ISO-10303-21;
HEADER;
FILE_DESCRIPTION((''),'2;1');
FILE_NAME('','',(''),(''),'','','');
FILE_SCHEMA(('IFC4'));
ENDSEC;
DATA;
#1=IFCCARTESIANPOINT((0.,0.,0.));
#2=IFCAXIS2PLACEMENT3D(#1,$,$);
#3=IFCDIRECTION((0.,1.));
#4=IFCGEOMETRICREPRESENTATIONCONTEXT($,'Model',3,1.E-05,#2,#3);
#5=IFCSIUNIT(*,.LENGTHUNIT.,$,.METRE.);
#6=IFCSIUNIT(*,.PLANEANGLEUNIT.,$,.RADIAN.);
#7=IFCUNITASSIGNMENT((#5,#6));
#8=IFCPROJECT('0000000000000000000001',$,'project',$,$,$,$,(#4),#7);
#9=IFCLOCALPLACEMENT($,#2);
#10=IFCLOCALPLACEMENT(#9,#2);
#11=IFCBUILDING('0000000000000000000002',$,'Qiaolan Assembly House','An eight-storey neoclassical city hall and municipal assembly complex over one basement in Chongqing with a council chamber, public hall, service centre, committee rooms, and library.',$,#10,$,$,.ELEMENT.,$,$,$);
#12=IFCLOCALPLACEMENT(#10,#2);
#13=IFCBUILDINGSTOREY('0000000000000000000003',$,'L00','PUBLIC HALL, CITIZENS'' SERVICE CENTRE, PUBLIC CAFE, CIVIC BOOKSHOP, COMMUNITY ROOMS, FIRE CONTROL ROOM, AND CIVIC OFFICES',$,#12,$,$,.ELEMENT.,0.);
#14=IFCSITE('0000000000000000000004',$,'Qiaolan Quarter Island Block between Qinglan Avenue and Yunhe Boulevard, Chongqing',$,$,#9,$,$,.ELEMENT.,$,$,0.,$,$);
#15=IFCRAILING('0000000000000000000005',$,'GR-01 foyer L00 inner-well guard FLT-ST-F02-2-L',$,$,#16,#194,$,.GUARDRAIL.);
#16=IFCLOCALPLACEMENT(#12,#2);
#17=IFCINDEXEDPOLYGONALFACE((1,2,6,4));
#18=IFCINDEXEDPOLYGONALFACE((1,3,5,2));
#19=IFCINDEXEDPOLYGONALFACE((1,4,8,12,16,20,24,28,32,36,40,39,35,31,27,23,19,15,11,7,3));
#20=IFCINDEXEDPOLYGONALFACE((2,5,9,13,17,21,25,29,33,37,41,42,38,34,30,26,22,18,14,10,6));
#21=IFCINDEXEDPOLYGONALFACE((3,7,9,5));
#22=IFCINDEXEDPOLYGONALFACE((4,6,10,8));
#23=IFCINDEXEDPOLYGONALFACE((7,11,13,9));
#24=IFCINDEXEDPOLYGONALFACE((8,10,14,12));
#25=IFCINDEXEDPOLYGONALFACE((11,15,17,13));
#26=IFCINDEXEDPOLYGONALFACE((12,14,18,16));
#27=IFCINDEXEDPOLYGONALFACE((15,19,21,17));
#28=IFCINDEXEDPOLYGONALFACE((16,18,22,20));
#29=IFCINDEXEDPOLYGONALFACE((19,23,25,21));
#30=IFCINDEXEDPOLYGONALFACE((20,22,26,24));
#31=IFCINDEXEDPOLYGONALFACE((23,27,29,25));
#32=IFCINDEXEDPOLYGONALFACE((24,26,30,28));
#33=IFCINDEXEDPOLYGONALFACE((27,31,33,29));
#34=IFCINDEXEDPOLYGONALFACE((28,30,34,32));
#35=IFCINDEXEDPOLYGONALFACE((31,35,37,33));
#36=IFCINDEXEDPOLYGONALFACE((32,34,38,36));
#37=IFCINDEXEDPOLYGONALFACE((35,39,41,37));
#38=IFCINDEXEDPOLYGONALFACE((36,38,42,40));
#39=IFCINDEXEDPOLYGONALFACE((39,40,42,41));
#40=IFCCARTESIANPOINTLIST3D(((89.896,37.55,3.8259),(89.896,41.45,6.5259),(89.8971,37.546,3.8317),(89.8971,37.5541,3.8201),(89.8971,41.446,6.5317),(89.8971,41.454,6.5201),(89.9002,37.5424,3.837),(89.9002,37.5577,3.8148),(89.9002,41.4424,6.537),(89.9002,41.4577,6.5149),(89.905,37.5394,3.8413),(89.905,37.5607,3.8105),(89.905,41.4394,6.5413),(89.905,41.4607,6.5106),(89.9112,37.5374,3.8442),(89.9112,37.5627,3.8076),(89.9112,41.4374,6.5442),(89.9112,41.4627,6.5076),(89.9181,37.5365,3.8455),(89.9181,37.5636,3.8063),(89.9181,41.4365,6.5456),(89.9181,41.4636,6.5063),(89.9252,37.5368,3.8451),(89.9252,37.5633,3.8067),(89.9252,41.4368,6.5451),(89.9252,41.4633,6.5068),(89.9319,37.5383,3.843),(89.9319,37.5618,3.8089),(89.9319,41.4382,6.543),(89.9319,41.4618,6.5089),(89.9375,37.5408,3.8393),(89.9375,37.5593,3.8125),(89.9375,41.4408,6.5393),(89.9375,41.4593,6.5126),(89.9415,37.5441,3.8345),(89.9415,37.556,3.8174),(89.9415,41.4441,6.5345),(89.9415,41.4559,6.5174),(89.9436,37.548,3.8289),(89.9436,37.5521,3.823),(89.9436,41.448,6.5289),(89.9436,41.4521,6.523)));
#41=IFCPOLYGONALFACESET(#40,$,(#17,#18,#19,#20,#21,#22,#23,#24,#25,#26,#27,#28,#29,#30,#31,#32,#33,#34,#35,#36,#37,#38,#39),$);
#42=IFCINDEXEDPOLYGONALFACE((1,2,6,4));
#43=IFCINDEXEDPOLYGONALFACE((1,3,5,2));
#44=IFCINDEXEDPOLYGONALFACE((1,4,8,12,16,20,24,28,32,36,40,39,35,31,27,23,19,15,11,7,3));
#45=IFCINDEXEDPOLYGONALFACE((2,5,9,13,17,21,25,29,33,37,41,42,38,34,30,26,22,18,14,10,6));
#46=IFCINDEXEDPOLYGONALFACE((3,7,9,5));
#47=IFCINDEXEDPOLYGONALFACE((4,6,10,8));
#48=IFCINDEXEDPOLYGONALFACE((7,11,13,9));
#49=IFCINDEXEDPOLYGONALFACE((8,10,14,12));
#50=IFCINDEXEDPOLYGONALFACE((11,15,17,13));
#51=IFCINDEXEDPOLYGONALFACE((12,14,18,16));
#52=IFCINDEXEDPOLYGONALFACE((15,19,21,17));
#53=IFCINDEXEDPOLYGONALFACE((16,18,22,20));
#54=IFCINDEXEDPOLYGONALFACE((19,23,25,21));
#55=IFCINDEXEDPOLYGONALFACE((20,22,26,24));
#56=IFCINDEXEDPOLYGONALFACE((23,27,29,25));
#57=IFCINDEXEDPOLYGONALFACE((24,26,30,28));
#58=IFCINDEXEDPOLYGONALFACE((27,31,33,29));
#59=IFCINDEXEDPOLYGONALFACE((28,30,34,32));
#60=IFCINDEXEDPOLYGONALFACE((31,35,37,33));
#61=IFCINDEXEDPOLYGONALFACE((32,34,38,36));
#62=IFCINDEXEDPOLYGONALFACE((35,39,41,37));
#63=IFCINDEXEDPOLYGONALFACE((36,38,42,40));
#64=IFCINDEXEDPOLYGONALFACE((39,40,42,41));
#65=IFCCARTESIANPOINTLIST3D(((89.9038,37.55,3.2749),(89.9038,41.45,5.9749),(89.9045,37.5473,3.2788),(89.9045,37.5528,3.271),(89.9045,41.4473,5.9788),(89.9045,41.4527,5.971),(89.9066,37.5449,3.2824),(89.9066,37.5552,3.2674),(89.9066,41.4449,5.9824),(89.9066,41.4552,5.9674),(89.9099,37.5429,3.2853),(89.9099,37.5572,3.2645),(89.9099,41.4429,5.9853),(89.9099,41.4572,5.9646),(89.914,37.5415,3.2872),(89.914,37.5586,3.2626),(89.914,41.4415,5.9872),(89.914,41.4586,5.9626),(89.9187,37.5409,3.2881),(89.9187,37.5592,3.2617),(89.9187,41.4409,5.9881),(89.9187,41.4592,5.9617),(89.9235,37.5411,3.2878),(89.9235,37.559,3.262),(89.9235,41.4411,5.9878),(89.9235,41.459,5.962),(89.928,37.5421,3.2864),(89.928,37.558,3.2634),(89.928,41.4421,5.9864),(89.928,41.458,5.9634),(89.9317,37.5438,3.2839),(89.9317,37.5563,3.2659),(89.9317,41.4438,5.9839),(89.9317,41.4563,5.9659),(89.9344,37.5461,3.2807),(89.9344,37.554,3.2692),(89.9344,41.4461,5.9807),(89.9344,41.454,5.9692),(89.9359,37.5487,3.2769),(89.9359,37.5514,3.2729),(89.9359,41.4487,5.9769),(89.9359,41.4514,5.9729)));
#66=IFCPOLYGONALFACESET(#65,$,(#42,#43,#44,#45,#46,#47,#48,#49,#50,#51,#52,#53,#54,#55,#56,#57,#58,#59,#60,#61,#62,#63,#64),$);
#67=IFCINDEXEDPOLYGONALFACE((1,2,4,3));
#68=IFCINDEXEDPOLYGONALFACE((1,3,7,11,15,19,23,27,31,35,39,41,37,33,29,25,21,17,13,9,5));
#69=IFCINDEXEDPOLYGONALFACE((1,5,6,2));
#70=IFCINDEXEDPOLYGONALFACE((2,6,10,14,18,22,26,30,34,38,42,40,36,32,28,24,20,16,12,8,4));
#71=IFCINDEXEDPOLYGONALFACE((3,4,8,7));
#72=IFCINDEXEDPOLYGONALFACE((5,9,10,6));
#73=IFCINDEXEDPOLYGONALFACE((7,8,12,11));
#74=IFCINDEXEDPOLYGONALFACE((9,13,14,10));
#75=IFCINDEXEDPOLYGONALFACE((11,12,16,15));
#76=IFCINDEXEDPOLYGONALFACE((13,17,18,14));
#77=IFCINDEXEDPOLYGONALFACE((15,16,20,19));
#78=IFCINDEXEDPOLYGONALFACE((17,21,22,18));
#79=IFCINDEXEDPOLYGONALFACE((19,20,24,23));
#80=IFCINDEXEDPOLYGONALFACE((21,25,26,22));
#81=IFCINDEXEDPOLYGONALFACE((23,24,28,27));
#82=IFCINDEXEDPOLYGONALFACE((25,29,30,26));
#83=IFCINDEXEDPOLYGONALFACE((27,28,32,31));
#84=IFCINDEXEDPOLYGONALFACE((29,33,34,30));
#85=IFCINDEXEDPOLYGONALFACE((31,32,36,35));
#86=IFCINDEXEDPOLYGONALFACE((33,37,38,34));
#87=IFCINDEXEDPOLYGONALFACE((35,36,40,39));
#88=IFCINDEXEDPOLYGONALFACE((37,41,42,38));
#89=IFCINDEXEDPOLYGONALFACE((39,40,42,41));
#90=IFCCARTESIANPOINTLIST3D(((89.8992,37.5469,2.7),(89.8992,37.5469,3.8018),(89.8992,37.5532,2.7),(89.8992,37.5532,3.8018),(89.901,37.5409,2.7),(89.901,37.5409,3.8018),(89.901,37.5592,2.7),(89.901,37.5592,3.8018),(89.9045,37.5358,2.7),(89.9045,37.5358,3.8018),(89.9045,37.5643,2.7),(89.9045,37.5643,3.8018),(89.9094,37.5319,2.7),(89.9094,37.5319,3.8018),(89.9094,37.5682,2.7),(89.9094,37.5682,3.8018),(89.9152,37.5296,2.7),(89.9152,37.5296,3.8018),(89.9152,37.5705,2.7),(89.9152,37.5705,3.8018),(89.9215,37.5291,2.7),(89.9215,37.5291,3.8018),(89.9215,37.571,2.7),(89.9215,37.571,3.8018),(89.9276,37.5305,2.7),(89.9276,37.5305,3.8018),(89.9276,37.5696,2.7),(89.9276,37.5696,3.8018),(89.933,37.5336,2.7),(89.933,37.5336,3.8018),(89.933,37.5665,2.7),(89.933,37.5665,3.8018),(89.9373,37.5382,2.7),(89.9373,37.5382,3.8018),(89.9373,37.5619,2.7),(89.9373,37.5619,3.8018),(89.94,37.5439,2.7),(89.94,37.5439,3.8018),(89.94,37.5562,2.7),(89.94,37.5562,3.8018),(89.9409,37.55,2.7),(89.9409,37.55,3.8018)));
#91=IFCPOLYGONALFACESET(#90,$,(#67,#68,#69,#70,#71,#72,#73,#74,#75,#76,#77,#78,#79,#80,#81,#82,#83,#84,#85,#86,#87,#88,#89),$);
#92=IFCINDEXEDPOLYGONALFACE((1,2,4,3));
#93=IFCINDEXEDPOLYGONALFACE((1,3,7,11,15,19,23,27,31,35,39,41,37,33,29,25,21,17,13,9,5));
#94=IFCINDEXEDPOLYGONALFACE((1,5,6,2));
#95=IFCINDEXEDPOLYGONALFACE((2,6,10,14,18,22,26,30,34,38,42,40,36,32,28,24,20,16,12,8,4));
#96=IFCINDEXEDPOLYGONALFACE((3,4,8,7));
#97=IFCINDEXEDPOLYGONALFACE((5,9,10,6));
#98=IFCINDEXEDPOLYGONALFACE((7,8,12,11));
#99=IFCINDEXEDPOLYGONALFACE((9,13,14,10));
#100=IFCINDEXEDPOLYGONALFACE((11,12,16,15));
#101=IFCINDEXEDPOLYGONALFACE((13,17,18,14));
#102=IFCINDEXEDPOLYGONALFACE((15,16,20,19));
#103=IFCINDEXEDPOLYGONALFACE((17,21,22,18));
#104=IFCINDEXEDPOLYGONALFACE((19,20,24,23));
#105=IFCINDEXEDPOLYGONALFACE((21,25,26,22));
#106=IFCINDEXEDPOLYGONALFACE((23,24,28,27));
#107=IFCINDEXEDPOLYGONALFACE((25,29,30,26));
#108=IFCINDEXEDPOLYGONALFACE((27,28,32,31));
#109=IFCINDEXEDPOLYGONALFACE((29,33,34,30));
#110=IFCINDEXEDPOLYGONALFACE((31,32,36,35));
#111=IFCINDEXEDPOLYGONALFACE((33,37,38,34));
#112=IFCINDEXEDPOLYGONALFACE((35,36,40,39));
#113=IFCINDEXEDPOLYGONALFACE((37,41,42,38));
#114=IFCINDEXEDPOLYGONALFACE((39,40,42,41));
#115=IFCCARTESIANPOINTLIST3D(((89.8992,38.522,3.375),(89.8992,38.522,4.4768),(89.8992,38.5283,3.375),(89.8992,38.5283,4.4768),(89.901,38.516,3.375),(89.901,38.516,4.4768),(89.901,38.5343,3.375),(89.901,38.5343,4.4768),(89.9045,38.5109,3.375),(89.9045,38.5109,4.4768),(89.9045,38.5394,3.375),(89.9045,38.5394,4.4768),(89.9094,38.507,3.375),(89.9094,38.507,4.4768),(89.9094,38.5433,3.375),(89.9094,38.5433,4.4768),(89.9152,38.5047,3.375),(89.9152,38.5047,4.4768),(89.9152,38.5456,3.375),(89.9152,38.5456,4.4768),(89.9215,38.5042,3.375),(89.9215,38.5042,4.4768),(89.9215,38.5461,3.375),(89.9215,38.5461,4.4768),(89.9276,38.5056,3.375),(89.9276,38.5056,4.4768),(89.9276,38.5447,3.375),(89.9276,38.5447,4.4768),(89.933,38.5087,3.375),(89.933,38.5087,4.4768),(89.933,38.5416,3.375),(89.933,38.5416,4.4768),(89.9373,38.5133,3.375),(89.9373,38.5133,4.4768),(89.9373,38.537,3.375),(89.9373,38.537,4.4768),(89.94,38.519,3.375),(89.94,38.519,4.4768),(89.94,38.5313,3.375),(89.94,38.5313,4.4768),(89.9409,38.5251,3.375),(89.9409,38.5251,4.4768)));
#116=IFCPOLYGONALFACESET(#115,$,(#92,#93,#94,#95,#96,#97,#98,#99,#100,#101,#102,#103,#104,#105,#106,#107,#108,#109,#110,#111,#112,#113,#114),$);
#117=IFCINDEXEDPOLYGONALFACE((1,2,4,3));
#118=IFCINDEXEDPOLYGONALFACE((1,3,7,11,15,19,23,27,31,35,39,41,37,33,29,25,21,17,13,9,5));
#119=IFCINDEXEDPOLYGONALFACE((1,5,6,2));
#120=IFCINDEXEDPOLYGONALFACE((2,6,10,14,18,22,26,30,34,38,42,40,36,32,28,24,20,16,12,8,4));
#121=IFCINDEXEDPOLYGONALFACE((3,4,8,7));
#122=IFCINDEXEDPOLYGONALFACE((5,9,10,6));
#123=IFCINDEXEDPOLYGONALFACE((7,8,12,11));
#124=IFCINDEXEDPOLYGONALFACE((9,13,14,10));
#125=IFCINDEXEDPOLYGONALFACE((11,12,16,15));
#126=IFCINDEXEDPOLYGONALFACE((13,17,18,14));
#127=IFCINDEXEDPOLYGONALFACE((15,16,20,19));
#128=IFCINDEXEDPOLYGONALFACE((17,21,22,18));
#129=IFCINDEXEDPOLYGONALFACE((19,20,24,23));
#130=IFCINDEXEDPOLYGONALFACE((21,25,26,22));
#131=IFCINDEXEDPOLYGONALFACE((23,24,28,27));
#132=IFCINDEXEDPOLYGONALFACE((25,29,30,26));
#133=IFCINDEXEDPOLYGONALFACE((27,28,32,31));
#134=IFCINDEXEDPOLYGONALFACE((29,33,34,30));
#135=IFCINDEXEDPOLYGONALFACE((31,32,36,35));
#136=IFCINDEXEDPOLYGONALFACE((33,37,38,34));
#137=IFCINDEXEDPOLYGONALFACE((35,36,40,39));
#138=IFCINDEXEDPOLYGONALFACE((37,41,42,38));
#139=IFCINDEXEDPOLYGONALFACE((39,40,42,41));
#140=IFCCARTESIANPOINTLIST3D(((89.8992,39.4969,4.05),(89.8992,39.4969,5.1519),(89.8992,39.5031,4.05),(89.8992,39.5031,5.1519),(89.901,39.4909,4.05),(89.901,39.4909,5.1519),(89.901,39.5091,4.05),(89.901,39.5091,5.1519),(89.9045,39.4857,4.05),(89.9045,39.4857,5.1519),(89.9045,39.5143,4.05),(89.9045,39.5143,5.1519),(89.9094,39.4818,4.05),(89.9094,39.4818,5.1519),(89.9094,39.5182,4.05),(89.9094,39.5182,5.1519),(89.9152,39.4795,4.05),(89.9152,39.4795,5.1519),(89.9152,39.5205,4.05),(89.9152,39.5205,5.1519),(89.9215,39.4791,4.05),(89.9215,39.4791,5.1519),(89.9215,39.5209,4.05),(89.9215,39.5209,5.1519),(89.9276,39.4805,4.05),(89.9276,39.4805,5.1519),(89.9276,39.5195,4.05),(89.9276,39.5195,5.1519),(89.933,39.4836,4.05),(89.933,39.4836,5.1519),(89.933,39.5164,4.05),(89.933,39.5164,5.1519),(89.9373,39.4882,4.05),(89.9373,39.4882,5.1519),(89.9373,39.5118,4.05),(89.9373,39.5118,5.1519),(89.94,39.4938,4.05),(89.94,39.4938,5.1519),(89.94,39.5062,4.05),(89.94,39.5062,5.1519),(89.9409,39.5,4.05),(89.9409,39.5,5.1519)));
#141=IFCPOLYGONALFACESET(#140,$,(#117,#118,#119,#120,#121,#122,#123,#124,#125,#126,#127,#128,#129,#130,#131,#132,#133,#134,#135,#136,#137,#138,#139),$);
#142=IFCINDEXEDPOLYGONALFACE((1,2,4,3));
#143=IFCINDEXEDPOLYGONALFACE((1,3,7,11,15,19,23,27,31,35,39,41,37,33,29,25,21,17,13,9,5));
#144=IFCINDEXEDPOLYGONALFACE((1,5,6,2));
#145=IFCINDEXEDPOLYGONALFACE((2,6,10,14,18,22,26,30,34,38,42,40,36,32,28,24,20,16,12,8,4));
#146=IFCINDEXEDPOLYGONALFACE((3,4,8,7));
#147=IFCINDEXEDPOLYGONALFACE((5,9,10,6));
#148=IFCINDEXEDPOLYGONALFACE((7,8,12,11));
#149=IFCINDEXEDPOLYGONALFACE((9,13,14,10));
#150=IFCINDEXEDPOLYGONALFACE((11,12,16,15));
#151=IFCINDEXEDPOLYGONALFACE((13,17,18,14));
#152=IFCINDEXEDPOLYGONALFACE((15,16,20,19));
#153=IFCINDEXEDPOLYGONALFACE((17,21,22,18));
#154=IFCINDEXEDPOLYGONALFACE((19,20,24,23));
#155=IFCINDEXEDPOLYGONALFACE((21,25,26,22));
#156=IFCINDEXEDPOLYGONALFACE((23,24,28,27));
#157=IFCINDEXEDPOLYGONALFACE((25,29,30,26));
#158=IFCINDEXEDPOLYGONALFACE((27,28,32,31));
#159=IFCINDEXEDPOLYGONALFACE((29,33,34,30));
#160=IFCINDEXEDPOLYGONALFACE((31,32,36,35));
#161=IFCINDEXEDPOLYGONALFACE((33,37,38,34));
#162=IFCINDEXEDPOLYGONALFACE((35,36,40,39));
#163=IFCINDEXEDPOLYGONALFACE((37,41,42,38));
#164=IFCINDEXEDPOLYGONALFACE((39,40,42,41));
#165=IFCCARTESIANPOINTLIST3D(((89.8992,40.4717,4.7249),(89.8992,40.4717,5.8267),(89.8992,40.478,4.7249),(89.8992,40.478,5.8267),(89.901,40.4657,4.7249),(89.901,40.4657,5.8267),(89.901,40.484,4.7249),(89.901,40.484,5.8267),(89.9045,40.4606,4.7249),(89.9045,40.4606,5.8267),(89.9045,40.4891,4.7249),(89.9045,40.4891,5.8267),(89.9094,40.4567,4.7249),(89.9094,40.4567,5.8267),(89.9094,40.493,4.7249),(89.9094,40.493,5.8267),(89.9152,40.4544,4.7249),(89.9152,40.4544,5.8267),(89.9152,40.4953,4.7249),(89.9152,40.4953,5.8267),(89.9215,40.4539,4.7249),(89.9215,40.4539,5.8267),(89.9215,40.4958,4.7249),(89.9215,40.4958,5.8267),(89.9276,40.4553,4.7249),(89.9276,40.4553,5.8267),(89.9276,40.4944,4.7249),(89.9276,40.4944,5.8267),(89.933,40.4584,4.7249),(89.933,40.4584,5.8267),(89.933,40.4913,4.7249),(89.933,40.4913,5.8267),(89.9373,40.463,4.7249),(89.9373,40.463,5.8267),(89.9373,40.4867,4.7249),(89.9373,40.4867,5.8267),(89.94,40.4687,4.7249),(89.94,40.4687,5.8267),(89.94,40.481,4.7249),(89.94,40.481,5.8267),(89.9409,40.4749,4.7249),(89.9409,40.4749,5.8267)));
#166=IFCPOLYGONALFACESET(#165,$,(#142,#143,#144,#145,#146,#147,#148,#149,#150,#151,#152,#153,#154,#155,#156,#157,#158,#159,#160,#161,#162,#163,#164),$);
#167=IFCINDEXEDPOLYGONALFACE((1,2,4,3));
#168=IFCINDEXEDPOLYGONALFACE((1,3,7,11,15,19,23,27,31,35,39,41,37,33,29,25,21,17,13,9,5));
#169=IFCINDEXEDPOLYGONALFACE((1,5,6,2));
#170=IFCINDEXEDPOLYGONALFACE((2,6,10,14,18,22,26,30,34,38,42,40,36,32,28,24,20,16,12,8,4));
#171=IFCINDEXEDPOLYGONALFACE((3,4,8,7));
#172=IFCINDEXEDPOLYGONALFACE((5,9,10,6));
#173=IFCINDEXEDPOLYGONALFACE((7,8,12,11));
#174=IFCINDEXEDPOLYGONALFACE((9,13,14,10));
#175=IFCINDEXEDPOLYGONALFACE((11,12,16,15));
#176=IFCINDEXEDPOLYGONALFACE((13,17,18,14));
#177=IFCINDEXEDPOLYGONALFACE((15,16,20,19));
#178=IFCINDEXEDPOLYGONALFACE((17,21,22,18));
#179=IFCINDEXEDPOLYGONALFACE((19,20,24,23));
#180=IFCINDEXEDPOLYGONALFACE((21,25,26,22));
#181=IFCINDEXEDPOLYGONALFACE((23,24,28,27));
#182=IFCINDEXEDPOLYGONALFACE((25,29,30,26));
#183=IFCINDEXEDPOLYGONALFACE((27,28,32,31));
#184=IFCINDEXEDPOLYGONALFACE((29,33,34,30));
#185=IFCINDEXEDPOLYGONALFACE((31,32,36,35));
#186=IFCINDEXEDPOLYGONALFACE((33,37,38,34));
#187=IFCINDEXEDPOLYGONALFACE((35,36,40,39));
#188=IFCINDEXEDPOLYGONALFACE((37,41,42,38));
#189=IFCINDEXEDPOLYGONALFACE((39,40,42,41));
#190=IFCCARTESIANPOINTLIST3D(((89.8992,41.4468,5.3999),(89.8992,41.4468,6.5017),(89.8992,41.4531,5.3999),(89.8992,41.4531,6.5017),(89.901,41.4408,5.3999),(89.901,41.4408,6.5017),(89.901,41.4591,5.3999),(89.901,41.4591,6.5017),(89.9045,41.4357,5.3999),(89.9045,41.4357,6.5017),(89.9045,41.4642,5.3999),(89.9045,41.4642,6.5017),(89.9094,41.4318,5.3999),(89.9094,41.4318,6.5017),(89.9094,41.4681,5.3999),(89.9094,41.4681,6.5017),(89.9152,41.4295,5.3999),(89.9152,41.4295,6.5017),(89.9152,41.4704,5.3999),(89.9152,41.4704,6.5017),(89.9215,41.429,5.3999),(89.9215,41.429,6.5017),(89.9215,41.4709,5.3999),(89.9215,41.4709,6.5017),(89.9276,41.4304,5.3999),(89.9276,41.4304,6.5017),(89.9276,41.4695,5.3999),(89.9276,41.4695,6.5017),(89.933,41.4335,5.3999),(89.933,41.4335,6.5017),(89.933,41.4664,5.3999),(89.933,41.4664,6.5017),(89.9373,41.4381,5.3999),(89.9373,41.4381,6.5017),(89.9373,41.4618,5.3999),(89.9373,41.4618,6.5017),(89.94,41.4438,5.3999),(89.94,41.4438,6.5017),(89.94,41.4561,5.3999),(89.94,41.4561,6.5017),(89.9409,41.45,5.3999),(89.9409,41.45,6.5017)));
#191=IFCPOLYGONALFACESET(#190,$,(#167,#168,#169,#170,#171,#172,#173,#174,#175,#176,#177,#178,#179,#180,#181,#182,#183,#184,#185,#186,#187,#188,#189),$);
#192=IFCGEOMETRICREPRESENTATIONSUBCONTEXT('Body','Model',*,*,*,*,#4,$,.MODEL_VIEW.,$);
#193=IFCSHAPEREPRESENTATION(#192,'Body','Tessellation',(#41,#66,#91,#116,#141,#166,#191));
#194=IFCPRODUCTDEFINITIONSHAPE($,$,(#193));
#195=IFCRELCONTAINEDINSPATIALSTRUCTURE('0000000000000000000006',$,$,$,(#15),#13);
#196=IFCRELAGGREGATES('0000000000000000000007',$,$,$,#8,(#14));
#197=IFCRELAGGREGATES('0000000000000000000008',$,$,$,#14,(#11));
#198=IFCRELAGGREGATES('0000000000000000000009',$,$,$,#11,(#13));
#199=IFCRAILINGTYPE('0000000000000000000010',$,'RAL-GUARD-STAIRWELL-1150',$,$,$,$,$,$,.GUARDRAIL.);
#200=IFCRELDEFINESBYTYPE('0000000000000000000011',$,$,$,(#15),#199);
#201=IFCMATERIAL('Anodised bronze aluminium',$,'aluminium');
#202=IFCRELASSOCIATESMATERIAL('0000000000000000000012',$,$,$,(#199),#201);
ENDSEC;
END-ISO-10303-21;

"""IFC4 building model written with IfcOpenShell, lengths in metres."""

from ifc_helpers import new_model, si_unit, direction, frame, origin, origin_2d, place, context, subcontext, project, spatial, circle, extrude, material, type_object, element, save


model = new_model("IFC4")

# Units and contexts
model_context = context("Model", 3, precision=1e-05, world=origin(), true_north=direction((0.0, 1.0)))
body_context = subcontext(model_context, "Body", "Model", "MODEL_VIEW")
ifc_project = project(units=[si_unit("LENGTHUNIT", "METRE"), si_unit("PLANEANGLEUNIT", "RADIAN")], contexts=[model_context])

# Site, building, storey
site_placement = place(None, origin())
site = spatial("IfcSite", under=ifc_project, at=site_placement, Name="Qiaolan Quarter Island Block between Qinglan Avenue and Yunhe Boulevard, Chongqing", CompositionType="ELEMENT", RefElevation=0.0)
building_placement = place(site_placement, origin())
building = spatial("IfcBuilding", under=site, at=building_placement, Name="Qiaolan Assembly House", Description="An eight-storey neoclassical city hall and municipal assembly complex over one basement in Chongqing with a council chamber, public hall, service centre, committee rooms, and library.", CompositionType="ELEMENT")
storey_placement = place(building_placement, origin())
storey = spatial("IfcBuildingStorey", under=building, at=storey_placement, Name="L00", Description="PUBLIC HALL, CITIZENS' SERVICE CENTRE, PUBLIC CAFE, CIVIC BOOKSHOP, COMMUNITY ROOMS, FIRE CONTROL ROOM, AND CIVIC OFFICES", CompositionType="ELEMENT", Elevation=0.0)

# Railing
ifc_material_1 = material(Name="Anodised bronze aluminium", Category="aluminium")
railing_type = type_object("IfcRailingType", Name="RAL-GUARD-STAIRWELL-1150", PredefinedType="GUARDRAIL", material=ifc_material_1)
for number, where, name in (
    (1, (89.9199, 37.55, 2.7), "GR-01 foyer L00 inner-well guard FLT-ST-F02-2-L"),
):
    element("IfcRailing", number, at=place(storey_placement, frame(where)), inside=storey, type_object=railing_type, Name=name, PredefinedType="GUARDRAIL", context=body_context, shape_type="SweptSolid", body=[
        extrude(circle(Radius=0.0239, at=origin_2d()), frame((0.0, 0.0, 1.126), z_axis=(0.0, 0.82219, 0.569213), x_axis=(-1.0, 0.0, 0.0)), (0.0, 0.0, 1.0), 4.7434),
        extrude(circle(Radius=0.0161, at=origin_2d()), frame((0.0, 0.0, 0.575), z_axis=(0.0, 0.82219, 0.569213), x_axis=(-1.0, 0.0, 0.0)), (0.0, 0.0, 1.0), 4.7434),
        extrude(circle(Radius=0.021, at=origin_2d()), origin(), (0.0, 0.0, 1.0), 1.1018),
        extrude(circle(Radius=0.021, at=origin_2d()), frame((0.0, 0.9751, 0.675)), (0.0, 0.0, 1.0), 1.1018),
        extrude(circle(Radius=0.021, at=origin_2d()), frame((0.0, 1.95, 1.3501)), (0.0, 0.0, 1.0), 1.1018),
        extrude(circle(Radius=0.021, at=origin_2d()), frame((0.0, 2.9248, 2.0249)), (0.0, 0.0, 1.0), 1.1018),
        extrude(circle(Radius=0.021, at=origin_2d()), frame((0.0, 3.8999, 2.7)), (0.0, 0.0, 1.0), 1.1018),
    ])

save(model, "model.ifc")
